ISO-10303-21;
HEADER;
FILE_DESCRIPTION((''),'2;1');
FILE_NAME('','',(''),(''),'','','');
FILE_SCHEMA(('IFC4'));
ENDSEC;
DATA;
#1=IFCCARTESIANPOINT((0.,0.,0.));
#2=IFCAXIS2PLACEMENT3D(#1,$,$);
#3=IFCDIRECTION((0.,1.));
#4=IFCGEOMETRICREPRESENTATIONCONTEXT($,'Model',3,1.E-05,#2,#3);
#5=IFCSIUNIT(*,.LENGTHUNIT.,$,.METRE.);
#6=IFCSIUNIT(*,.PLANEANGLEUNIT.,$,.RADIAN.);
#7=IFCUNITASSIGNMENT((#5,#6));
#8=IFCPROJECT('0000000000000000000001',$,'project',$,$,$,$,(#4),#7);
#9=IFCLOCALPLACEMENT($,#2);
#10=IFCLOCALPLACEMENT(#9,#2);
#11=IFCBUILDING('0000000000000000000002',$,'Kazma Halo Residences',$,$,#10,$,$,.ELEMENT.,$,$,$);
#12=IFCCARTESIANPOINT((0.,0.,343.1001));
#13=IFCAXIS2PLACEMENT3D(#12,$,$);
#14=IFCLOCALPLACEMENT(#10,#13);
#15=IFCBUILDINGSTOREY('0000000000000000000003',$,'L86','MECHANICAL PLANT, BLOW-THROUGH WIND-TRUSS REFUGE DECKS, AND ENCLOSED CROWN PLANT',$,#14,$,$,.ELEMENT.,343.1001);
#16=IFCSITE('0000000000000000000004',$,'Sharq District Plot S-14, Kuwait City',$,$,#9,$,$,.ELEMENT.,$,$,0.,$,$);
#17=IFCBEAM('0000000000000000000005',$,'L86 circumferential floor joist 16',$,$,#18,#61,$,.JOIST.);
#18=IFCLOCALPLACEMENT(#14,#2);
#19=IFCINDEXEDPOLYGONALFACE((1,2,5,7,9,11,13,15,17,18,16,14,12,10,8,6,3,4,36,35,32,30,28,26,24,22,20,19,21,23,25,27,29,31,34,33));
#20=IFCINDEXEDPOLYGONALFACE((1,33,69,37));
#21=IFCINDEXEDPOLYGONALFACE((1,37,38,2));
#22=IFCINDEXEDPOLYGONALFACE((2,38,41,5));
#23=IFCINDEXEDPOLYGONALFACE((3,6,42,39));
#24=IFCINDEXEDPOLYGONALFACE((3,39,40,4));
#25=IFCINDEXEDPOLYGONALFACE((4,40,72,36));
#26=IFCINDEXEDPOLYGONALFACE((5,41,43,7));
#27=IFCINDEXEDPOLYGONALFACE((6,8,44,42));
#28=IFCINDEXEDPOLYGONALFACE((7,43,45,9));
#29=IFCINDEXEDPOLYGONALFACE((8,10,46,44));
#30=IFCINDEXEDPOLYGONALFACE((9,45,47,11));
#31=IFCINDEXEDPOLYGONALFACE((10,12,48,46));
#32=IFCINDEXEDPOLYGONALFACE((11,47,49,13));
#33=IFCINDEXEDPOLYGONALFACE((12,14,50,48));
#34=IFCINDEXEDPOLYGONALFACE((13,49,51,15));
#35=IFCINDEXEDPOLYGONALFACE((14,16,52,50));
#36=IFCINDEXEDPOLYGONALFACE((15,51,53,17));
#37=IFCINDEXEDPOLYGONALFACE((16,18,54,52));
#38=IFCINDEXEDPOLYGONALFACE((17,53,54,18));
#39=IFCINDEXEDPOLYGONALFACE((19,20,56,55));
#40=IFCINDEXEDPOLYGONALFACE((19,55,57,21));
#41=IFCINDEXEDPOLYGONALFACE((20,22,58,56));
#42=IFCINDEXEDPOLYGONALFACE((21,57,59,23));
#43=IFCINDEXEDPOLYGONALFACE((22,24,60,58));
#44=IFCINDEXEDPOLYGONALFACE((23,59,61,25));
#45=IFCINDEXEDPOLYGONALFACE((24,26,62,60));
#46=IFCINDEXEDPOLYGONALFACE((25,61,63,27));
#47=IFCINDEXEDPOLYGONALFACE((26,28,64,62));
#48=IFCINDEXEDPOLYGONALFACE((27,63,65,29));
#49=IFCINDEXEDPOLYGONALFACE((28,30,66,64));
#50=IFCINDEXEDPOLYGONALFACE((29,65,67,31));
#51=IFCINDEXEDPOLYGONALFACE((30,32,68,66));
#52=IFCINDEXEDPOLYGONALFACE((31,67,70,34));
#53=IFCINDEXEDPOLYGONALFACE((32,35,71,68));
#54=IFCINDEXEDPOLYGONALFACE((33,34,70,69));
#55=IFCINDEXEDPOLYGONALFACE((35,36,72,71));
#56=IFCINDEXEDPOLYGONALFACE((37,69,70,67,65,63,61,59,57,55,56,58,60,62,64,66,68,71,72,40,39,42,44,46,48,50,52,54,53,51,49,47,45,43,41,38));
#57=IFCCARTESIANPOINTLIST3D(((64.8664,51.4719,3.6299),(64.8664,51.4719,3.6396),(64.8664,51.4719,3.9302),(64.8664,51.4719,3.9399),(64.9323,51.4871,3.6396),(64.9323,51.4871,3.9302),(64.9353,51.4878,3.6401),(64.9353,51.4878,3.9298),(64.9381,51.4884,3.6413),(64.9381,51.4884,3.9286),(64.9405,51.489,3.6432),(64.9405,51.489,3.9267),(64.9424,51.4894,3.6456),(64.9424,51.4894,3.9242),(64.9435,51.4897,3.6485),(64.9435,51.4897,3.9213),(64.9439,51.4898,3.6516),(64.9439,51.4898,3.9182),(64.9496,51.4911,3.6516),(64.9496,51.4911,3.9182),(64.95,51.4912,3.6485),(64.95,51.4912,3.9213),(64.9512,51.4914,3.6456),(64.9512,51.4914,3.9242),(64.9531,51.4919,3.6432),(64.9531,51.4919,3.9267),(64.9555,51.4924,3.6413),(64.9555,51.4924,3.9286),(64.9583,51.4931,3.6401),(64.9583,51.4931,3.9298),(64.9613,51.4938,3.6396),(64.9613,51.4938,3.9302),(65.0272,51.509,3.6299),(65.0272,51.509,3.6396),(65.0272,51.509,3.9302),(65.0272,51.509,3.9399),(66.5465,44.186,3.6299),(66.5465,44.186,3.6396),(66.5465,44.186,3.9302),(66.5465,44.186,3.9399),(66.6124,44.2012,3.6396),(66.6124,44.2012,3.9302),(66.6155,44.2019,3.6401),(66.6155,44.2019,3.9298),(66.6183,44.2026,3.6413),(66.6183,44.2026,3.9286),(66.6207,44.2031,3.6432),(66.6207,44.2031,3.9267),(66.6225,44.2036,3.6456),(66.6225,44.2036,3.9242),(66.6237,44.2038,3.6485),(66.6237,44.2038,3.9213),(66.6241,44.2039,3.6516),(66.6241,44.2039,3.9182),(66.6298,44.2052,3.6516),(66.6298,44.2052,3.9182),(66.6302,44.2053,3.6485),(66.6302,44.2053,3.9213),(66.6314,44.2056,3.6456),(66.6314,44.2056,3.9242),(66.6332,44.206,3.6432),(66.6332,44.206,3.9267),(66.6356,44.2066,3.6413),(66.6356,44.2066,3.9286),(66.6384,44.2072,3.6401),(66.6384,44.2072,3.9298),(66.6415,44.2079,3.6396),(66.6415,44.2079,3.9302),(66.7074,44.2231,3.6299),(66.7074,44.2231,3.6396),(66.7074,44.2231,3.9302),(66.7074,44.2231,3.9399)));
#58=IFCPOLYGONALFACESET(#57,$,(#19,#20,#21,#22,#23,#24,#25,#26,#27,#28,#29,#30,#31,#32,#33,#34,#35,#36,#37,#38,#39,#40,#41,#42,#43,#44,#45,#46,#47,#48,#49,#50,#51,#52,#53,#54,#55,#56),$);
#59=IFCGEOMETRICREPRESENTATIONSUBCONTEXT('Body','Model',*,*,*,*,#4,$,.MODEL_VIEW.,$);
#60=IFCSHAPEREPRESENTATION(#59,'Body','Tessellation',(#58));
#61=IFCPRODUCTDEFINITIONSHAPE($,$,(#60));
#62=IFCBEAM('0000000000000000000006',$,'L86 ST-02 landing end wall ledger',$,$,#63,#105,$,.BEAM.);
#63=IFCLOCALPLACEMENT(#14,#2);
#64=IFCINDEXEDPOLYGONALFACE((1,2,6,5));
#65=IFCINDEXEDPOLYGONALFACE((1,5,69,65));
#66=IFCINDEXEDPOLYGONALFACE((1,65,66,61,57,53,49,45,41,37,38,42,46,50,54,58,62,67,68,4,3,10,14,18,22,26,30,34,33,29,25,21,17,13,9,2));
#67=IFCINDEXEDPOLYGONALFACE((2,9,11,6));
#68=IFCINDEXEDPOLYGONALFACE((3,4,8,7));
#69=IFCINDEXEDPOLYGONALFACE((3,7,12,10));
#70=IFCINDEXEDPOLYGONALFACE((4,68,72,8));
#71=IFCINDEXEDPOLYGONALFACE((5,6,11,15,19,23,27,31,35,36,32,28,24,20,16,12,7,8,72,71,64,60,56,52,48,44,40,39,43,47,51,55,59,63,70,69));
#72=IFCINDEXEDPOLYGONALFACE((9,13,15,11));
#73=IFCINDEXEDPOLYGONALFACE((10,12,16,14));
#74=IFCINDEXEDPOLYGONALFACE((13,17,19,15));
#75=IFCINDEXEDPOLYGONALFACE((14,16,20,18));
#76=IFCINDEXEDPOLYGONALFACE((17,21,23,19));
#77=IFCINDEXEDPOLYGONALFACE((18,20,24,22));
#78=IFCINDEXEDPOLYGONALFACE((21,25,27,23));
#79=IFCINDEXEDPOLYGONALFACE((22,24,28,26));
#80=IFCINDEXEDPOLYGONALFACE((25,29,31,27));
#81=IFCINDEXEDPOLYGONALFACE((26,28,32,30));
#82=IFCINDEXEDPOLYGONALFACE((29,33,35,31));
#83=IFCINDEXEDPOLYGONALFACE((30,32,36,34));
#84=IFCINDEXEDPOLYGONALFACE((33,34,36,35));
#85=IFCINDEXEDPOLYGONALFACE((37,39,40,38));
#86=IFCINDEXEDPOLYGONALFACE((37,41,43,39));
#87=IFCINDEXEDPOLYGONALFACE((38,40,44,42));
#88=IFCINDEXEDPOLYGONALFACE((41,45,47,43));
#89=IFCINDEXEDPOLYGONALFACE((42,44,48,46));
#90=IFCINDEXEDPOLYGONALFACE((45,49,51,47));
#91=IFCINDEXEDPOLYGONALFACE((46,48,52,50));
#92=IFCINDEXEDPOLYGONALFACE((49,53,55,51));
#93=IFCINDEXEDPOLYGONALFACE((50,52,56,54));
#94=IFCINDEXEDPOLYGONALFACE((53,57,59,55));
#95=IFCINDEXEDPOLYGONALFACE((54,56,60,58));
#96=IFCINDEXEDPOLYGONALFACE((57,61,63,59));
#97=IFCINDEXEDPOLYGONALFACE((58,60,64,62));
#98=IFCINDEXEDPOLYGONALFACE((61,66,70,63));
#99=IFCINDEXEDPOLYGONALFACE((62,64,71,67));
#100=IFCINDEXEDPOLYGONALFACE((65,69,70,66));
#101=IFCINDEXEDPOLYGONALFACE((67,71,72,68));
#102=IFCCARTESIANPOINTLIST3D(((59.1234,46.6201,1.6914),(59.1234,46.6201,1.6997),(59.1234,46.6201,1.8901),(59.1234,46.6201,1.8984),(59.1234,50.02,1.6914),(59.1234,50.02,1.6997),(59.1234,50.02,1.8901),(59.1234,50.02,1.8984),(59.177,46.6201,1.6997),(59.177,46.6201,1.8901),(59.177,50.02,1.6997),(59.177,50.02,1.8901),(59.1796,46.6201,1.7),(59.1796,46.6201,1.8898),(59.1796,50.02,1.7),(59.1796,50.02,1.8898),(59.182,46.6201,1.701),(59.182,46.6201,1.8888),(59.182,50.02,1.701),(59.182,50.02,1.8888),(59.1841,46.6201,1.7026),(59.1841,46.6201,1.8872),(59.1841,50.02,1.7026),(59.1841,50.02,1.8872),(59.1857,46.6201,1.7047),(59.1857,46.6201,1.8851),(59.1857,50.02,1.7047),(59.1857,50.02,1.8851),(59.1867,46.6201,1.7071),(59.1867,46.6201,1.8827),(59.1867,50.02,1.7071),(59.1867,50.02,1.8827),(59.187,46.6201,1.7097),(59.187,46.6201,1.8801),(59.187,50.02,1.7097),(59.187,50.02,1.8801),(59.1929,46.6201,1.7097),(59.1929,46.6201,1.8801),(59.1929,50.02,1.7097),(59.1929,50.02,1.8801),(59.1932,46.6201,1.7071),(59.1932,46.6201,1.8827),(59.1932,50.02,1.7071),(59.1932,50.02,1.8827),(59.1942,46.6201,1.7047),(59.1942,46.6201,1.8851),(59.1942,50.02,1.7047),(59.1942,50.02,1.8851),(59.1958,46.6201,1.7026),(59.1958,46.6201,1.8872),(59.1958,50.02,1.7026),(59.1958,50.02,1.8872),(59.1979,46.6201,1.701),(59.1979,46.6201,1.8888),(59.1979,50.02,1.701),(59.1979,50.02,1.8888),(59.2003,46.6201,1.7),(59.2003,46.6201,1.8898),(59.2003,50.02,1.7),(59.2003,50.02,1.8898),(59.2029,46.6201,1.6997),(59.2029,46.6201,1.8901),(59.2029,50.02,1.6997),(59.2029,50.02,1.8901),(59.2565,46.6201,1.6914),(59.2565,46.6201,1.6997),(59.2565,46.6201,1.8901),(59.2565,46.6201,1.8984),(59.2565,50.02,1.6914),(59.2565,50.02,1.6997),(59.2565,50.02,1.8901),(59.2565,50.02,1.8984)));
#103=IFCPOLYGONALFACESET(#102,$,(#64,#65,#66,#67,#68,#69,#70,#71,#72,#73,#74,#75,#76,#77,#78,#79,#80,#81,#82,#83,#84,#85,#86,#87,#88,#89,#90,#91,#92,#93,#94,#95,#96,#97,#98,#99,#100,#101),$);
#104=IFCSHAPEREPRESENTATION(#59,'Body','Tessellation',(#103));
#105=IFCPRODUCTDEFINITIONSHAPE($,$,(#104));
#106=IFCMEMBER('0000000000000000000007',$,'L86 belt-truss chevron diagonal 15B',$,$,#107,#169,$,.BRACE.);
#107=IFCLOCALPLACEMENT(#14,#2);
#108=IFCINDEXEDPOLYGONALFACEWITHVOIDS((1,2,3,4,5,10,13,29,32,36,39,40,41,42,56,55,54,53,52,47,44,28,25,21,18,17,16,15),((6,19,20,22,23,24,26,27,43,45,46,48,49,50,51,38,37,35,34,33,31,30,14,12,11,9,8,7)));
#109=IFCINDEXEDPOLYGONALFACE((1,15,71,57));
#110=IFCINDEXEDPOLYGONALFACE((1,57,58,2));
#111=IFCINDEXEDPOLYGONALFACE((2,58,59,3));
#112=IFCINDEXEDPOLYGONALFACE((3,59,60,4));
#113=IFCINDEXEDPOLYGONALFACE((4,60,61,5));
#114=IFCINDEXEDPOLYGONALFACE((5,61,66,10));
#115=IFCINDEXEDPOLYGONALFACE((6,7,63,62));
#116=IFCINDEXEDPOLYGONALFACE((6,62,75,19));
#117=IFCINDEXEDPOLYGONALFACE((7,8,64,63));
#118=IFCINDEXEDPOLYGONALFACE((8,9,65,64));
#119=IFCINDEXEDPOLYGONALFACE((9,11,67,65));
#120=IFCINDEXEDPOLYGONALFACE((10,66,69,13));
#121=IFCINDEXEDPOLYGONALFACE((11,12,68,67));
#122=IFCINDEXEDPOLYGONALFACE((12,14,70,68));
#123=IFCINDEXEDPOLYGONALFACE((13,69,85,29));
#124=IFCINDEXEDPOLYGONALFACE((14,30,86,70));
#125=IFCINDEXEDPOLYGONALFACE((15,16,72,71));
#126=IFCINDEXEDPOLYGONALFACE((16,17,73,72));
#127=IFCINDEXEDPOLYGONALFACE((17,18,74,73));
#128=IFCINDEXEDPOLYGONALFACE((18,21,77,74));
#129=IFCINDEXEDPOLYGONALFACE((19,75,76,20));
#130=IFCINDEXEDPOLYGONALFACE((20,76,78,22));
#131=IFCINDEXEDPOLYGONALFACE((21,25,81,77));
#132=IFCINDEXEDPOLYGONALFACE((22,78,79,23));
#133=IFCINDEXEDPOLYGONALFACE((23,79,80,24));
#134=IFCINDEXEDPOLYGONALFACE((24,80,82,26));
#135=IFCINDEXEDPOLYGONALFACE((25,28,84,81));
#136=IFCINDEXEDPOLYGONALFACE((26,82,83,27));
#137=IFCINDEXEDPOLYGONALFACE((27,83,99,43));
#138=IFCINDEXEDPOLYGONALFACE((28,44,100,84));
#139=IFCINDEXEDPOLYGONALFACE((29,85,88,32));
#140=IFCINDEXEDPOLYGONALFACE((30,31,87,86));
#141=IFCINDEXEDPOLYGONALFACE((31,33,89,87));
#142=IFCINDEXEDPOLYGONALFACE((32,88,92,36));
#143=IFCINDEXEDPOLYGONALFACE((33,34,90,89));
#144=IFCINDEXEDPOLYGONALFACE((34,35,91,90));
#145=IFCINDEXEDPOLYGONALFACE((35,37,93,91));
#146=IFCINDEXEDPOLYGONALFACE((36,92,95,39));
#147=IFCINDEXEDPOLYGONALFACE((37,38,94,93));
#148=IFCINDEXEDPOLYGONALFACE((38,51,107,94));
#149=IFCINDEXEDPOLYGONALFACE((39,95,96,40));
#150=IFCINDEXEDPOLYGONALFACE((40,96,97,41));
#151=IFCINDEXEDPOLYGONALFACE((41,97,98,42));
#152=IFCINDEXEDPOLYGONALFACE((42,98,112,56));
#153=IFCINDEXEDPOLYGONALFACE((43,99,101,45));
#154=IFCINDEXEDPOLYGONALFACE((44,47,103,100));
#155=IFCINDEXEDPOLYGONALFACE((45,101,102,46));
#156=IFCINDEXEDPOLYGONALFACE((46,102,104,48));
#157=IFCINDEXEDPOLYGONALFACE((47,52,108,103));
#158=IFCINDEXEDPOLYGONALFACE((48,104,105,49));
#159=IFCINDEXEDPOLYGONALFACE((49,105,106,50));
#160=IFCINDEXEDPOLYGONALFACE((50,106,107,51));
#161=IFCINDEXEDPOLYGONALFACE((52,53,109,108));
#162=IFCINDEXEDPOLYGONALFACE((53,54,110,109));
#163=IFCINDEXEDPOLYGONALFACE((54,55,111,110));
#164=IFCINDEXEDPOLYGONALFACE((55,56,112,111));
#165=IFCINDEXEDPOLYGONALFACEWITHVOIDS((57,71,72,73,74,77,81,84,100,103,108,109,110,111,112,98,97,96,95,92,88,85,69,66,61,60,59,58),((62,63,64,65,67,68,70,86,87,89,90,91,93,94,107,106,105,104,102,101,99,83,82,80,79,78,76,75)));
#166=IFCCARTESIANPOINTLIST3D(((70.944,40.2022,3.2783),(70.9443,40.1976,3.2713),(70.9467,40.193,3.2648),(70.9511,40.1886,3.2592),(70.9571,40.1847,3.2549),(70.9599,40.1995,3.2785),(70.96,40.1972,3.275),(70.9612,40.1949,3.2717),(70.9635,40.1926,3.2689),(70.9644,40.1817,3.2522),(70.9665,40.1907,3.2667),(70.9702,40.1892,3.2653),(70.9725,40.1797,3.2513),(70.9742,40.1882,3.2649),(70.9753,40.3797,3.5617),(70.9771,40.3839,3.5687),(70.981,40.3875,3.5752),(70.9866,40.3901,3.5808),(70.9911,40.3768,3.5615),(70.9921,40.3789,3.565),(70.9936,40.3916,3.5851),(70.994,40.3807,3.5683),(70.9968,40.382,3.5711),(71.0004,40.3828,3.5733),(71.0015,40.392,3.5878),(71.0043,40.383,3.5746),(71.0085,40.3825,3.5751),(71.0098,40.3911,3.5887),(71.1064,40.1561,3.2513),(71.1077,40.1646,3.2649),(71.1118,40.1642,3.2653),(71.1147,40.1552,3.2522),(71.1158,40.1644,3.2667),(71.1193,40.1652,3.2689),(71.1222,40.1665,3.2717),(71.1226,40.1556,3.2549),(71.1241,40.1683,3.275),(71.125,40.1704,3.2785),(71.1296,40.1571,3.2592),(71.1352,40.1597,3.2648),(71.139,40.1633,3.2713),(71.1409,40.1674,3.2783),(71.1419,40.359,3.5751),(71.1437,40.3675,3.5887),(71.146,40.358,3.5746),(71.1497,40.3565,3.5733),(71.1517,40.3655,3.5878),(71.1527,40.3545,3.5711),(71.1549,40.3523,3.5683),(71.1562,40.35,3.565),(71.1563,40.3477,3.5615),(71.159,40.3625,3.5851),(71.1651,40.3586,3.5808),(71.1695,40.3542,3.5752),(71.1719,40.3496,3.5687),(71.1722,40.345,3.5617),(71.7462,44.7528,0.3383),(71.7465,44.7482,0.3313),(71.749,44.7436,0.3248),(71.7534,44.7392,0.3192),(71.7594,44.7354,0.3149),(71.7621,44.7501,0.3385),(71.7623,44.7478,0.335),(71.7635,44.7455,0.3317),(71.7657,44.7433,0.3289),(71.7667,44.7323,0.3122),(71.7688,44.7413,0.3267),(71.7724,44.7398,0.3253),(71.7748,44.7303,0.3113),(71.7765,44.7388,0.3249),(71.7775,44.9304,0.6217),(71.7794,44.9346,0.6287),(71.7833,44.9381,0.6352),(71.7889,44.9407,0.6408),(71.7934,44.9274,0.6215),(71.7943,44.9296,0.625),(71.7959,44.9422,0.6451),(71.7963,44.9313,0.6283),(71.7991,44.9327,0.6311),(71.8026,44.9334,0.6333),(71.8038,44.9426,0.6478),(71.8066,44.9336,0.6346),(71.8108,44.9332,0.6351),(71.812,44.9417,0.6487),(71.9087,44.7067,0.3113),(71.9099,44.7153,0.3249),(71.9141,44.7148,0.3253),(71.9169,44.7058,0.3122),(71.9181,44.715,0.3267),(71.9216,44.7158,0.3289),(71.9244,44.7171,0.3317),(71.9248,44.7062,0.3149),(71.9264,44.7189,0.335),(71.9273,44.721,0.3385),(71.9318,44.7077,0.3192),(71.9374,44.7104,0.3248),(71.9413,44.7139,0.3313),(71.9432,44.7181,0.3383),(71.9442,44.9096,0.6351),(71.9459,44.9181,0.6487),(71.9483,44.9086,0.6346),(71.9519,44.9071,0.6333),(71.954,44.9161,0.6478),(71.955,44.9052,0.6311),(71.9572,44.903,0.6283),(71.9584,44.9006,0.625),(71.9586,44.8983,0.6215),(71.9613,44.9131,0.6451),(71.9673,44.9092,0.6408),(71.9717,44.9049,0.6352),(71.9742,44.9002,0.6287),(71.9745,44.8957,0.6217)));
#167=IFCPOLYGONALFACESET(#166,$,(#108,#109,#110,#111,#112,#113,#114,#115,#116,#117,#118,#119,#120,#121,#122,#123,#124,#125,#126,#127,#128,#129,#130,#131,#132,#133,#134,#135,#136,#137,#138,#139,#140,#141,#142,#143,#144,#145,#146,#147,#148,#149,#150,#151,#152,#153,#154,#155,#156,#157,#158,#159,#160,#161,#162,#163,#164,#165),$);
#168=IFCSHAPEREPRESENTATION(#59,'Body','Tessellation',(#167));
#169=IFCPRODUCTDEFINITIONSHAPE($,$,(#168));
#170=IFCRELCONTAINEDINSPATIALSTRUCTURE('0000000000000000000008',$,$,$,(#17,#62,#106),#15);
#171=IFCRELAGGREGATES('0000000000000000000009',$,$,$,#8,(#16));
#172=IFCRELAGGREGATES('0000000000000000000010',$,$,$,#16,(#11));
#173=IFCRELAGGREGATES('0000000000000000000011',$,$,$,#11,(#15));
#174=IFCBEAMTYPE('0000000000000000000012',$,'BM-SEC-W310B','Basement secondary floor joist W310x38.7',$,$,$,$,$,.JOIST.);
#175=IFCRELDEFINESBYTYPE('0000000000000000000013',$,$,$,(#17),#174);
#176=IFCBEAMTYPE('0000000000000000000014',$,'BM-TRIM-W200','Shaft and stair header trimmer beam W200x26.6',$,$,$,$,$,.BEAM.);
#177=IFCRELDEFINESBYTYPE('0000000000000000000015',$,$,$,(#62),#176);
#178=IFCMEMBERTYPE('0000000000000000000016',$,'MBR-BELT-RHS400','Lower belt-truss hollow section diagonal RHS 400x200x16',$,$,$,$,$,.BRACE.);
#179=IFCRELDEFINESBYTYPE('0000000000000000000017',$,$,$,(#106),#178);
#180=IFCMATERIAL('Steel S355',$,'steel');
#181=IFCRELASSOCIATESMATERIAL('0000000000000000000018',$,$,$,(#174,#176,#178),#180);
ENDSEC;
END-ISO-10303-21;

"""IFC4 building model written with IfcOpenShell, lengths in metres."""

from ifc_helpers import new_model, si_unit, direction, frame, origin, origin_2d, place, context, subcontext, project, spatial, hollow_rectangle, i_section, extrude, material, material_profile, profile_set, type_object, element, save


model = new_model("IFC4")

# Units and contexts
model_context = context("Model", 3, precision=1e-05, world=origin(), true_north=direction((0.0, 1.0)))
body_context = subcontext(model_context, "Body", "Model", "MODEL_VIEW")
ifc_project = project(units=[si_unit("LENGTHUNIT", "METRE"), si_unit("PLANEANGLEUNIT", "RADIAN")], contexts=[model_context])

# Site, building, storey
site_placement = place(None, origin())
site = spatial("IfcSite", under=ifc_project, at=site_placement, Name="Sharq District Plot S-14, Kuwait City", CompositionType="ELEMENT", RefElevation=0.0)
building_placement = place(site_placement, origin())
building = spatial("IfcBuilding", under=site, at=building_placement, Name="Kazma Halo Residences", CompositionType="ELEMENT")
storey_placement = place(building_placement, frame((0.0, 0.0, 343.1001)))
storey = spatial("IfcBuildingStorey", under=building, at=storey_placement, Name="L86", Description="MECHANICAL PLANT, BLOW-THROUGH WIND-TRUSS REFUGE DECKS, AND ENCLOSED CROWN PLANT", CompositionType="ELEMENT", Elevation=343.1001)

# Beams
ifc_material_1 = material(Name="Steel S355", Category="steel")
ifc_material_profile_1 = material_profile(ifc_material_1, i_section(OverallWidth=0.165, OverallDepth=0.3101, WebThickness=0.0059, FlangeThickness=0.0098, FilletRadius=0.012, at=origin_2d()), Name="W310x38.7")
ifc_profile_set_1 = profile_set([ifc_material_profile_1], Name="Steel S355")
beam_type_1 = type_object("IfcBeamType", Name="BM-SEC-W310B", Description="Basement secondary floor joist W310x38.7", PredefinedType="JOIST", material=ifc_profile_set_1)
beam_1_placement = place(storey_placement, frame((66.627, 44.2046, 3.7849), z_axis=(-0.224709, 0.974426, 0.0), x_axis=(-0.974426, -0.224709, 0.0)))
element("IfcBeam", 1, at=beam_1_placement, inside=storey, type_object=beam_type_1, Name="L86 circumferential floor joist 16", PredefinedType="JOIST", context=body_context, shape_type="SweptSolid", body=[
    extrude(i_section(OverallWidth=0.165, OverallDepth=0.3101, WebThickness=0.0059, FlangeThickness=0.0098, FilletRadius=0.012, at=origin_2d()), origin(), (0.0, 0.0, 1.0), 7.4771),
])
ifc_material_profile_2 = material_profile(ifc_material_1, i_section(OverallWidth=0.1331, OverallDepth=0.207, WebThickness=0.0059, FlangeThickness=0.0083, FilletRadius=0.01, at=origin_2d()), Name="W200x26.6")
ifc_profile_set_2 = profile_set([ifc_material_profile_2], Name="Steel S355")
beam_type_2 = type_object("IfcBeamType", Name="BM-TRIM-W200", Description="Shaft and stair header trimmer beam W200x26.6", PredefinedType="BEAM", material=ifc_profile_set_2)
beam_2_placement = place(storey_placement, frame((59.1899, 46.6201, 1.7949), z_axis=(0.0, 1.0, 0.0), x_axis=(-1.0, 0.0, 0.0)))
element("IfcBeam", 2, at=beam_2_placement, inside=storey, type_object=beam_type_2, Name="L86 ST-02 landing end wall ledger", PredefinedType="BEAM", context=body_context, shape_type="SweptSolid", body=[
    extrude(i_section(OverallWidth=0.1331, OverallDepth=0.207, WebThickness=0.0059, FlangeThickness=0.0083, FilletRadius=0.01, at=origin_2d()), origin(), (0.0, 0.0, 1.0), 3.3999),
])

# Member
ifc_material_profile_3 = material_profile(ifc_material_1, hollow_rectangle(XDim=0.2, YDim=0.3999, WallThickness=0.0161, InnerFilletRadius=0.0161, OuterFilletRadius=0.032, at=origin_2d()), Name="RHS400x200x16")
ifc_profile_set_3 = profile_set([ifc_material_profile_3], Name="Steel S355")
member_type_1 = type_object("IfcMemberType", Name="MBR-BELT-RHS400", Description="Lower belt-truss hollow section diagonal RHS 400x200x16", PredefinedType="BRACE", material=ifc_profile_set_3)
member_1_placement = place(storey_placement, frame((71.8604, 44.8242, 0.48), z_axis=(-0.146483, -0.83089, 0.536809), x_axis=(0.984813, -0.17362, 0.0)))
element("IfcMember", 3, at=member_1_placement, inside=storey, type_object=member_type_1, Name="L86 belt-truss chevron diagonal 15B", PredefinedType="BRACE", context=body_context, shape_type="SweptSolid", body=[
    extrude(hollow_rectangle(XDim=0.2, YDim=0.3999, WallThickness=0.0161, InnerFilletRadius=0.0161, OuterFilletRadius=0.032, at=origin_2d()), origin(), (0.0, 0.0, 1.0), 5.4768),
])

save(model, "model.ifc")
